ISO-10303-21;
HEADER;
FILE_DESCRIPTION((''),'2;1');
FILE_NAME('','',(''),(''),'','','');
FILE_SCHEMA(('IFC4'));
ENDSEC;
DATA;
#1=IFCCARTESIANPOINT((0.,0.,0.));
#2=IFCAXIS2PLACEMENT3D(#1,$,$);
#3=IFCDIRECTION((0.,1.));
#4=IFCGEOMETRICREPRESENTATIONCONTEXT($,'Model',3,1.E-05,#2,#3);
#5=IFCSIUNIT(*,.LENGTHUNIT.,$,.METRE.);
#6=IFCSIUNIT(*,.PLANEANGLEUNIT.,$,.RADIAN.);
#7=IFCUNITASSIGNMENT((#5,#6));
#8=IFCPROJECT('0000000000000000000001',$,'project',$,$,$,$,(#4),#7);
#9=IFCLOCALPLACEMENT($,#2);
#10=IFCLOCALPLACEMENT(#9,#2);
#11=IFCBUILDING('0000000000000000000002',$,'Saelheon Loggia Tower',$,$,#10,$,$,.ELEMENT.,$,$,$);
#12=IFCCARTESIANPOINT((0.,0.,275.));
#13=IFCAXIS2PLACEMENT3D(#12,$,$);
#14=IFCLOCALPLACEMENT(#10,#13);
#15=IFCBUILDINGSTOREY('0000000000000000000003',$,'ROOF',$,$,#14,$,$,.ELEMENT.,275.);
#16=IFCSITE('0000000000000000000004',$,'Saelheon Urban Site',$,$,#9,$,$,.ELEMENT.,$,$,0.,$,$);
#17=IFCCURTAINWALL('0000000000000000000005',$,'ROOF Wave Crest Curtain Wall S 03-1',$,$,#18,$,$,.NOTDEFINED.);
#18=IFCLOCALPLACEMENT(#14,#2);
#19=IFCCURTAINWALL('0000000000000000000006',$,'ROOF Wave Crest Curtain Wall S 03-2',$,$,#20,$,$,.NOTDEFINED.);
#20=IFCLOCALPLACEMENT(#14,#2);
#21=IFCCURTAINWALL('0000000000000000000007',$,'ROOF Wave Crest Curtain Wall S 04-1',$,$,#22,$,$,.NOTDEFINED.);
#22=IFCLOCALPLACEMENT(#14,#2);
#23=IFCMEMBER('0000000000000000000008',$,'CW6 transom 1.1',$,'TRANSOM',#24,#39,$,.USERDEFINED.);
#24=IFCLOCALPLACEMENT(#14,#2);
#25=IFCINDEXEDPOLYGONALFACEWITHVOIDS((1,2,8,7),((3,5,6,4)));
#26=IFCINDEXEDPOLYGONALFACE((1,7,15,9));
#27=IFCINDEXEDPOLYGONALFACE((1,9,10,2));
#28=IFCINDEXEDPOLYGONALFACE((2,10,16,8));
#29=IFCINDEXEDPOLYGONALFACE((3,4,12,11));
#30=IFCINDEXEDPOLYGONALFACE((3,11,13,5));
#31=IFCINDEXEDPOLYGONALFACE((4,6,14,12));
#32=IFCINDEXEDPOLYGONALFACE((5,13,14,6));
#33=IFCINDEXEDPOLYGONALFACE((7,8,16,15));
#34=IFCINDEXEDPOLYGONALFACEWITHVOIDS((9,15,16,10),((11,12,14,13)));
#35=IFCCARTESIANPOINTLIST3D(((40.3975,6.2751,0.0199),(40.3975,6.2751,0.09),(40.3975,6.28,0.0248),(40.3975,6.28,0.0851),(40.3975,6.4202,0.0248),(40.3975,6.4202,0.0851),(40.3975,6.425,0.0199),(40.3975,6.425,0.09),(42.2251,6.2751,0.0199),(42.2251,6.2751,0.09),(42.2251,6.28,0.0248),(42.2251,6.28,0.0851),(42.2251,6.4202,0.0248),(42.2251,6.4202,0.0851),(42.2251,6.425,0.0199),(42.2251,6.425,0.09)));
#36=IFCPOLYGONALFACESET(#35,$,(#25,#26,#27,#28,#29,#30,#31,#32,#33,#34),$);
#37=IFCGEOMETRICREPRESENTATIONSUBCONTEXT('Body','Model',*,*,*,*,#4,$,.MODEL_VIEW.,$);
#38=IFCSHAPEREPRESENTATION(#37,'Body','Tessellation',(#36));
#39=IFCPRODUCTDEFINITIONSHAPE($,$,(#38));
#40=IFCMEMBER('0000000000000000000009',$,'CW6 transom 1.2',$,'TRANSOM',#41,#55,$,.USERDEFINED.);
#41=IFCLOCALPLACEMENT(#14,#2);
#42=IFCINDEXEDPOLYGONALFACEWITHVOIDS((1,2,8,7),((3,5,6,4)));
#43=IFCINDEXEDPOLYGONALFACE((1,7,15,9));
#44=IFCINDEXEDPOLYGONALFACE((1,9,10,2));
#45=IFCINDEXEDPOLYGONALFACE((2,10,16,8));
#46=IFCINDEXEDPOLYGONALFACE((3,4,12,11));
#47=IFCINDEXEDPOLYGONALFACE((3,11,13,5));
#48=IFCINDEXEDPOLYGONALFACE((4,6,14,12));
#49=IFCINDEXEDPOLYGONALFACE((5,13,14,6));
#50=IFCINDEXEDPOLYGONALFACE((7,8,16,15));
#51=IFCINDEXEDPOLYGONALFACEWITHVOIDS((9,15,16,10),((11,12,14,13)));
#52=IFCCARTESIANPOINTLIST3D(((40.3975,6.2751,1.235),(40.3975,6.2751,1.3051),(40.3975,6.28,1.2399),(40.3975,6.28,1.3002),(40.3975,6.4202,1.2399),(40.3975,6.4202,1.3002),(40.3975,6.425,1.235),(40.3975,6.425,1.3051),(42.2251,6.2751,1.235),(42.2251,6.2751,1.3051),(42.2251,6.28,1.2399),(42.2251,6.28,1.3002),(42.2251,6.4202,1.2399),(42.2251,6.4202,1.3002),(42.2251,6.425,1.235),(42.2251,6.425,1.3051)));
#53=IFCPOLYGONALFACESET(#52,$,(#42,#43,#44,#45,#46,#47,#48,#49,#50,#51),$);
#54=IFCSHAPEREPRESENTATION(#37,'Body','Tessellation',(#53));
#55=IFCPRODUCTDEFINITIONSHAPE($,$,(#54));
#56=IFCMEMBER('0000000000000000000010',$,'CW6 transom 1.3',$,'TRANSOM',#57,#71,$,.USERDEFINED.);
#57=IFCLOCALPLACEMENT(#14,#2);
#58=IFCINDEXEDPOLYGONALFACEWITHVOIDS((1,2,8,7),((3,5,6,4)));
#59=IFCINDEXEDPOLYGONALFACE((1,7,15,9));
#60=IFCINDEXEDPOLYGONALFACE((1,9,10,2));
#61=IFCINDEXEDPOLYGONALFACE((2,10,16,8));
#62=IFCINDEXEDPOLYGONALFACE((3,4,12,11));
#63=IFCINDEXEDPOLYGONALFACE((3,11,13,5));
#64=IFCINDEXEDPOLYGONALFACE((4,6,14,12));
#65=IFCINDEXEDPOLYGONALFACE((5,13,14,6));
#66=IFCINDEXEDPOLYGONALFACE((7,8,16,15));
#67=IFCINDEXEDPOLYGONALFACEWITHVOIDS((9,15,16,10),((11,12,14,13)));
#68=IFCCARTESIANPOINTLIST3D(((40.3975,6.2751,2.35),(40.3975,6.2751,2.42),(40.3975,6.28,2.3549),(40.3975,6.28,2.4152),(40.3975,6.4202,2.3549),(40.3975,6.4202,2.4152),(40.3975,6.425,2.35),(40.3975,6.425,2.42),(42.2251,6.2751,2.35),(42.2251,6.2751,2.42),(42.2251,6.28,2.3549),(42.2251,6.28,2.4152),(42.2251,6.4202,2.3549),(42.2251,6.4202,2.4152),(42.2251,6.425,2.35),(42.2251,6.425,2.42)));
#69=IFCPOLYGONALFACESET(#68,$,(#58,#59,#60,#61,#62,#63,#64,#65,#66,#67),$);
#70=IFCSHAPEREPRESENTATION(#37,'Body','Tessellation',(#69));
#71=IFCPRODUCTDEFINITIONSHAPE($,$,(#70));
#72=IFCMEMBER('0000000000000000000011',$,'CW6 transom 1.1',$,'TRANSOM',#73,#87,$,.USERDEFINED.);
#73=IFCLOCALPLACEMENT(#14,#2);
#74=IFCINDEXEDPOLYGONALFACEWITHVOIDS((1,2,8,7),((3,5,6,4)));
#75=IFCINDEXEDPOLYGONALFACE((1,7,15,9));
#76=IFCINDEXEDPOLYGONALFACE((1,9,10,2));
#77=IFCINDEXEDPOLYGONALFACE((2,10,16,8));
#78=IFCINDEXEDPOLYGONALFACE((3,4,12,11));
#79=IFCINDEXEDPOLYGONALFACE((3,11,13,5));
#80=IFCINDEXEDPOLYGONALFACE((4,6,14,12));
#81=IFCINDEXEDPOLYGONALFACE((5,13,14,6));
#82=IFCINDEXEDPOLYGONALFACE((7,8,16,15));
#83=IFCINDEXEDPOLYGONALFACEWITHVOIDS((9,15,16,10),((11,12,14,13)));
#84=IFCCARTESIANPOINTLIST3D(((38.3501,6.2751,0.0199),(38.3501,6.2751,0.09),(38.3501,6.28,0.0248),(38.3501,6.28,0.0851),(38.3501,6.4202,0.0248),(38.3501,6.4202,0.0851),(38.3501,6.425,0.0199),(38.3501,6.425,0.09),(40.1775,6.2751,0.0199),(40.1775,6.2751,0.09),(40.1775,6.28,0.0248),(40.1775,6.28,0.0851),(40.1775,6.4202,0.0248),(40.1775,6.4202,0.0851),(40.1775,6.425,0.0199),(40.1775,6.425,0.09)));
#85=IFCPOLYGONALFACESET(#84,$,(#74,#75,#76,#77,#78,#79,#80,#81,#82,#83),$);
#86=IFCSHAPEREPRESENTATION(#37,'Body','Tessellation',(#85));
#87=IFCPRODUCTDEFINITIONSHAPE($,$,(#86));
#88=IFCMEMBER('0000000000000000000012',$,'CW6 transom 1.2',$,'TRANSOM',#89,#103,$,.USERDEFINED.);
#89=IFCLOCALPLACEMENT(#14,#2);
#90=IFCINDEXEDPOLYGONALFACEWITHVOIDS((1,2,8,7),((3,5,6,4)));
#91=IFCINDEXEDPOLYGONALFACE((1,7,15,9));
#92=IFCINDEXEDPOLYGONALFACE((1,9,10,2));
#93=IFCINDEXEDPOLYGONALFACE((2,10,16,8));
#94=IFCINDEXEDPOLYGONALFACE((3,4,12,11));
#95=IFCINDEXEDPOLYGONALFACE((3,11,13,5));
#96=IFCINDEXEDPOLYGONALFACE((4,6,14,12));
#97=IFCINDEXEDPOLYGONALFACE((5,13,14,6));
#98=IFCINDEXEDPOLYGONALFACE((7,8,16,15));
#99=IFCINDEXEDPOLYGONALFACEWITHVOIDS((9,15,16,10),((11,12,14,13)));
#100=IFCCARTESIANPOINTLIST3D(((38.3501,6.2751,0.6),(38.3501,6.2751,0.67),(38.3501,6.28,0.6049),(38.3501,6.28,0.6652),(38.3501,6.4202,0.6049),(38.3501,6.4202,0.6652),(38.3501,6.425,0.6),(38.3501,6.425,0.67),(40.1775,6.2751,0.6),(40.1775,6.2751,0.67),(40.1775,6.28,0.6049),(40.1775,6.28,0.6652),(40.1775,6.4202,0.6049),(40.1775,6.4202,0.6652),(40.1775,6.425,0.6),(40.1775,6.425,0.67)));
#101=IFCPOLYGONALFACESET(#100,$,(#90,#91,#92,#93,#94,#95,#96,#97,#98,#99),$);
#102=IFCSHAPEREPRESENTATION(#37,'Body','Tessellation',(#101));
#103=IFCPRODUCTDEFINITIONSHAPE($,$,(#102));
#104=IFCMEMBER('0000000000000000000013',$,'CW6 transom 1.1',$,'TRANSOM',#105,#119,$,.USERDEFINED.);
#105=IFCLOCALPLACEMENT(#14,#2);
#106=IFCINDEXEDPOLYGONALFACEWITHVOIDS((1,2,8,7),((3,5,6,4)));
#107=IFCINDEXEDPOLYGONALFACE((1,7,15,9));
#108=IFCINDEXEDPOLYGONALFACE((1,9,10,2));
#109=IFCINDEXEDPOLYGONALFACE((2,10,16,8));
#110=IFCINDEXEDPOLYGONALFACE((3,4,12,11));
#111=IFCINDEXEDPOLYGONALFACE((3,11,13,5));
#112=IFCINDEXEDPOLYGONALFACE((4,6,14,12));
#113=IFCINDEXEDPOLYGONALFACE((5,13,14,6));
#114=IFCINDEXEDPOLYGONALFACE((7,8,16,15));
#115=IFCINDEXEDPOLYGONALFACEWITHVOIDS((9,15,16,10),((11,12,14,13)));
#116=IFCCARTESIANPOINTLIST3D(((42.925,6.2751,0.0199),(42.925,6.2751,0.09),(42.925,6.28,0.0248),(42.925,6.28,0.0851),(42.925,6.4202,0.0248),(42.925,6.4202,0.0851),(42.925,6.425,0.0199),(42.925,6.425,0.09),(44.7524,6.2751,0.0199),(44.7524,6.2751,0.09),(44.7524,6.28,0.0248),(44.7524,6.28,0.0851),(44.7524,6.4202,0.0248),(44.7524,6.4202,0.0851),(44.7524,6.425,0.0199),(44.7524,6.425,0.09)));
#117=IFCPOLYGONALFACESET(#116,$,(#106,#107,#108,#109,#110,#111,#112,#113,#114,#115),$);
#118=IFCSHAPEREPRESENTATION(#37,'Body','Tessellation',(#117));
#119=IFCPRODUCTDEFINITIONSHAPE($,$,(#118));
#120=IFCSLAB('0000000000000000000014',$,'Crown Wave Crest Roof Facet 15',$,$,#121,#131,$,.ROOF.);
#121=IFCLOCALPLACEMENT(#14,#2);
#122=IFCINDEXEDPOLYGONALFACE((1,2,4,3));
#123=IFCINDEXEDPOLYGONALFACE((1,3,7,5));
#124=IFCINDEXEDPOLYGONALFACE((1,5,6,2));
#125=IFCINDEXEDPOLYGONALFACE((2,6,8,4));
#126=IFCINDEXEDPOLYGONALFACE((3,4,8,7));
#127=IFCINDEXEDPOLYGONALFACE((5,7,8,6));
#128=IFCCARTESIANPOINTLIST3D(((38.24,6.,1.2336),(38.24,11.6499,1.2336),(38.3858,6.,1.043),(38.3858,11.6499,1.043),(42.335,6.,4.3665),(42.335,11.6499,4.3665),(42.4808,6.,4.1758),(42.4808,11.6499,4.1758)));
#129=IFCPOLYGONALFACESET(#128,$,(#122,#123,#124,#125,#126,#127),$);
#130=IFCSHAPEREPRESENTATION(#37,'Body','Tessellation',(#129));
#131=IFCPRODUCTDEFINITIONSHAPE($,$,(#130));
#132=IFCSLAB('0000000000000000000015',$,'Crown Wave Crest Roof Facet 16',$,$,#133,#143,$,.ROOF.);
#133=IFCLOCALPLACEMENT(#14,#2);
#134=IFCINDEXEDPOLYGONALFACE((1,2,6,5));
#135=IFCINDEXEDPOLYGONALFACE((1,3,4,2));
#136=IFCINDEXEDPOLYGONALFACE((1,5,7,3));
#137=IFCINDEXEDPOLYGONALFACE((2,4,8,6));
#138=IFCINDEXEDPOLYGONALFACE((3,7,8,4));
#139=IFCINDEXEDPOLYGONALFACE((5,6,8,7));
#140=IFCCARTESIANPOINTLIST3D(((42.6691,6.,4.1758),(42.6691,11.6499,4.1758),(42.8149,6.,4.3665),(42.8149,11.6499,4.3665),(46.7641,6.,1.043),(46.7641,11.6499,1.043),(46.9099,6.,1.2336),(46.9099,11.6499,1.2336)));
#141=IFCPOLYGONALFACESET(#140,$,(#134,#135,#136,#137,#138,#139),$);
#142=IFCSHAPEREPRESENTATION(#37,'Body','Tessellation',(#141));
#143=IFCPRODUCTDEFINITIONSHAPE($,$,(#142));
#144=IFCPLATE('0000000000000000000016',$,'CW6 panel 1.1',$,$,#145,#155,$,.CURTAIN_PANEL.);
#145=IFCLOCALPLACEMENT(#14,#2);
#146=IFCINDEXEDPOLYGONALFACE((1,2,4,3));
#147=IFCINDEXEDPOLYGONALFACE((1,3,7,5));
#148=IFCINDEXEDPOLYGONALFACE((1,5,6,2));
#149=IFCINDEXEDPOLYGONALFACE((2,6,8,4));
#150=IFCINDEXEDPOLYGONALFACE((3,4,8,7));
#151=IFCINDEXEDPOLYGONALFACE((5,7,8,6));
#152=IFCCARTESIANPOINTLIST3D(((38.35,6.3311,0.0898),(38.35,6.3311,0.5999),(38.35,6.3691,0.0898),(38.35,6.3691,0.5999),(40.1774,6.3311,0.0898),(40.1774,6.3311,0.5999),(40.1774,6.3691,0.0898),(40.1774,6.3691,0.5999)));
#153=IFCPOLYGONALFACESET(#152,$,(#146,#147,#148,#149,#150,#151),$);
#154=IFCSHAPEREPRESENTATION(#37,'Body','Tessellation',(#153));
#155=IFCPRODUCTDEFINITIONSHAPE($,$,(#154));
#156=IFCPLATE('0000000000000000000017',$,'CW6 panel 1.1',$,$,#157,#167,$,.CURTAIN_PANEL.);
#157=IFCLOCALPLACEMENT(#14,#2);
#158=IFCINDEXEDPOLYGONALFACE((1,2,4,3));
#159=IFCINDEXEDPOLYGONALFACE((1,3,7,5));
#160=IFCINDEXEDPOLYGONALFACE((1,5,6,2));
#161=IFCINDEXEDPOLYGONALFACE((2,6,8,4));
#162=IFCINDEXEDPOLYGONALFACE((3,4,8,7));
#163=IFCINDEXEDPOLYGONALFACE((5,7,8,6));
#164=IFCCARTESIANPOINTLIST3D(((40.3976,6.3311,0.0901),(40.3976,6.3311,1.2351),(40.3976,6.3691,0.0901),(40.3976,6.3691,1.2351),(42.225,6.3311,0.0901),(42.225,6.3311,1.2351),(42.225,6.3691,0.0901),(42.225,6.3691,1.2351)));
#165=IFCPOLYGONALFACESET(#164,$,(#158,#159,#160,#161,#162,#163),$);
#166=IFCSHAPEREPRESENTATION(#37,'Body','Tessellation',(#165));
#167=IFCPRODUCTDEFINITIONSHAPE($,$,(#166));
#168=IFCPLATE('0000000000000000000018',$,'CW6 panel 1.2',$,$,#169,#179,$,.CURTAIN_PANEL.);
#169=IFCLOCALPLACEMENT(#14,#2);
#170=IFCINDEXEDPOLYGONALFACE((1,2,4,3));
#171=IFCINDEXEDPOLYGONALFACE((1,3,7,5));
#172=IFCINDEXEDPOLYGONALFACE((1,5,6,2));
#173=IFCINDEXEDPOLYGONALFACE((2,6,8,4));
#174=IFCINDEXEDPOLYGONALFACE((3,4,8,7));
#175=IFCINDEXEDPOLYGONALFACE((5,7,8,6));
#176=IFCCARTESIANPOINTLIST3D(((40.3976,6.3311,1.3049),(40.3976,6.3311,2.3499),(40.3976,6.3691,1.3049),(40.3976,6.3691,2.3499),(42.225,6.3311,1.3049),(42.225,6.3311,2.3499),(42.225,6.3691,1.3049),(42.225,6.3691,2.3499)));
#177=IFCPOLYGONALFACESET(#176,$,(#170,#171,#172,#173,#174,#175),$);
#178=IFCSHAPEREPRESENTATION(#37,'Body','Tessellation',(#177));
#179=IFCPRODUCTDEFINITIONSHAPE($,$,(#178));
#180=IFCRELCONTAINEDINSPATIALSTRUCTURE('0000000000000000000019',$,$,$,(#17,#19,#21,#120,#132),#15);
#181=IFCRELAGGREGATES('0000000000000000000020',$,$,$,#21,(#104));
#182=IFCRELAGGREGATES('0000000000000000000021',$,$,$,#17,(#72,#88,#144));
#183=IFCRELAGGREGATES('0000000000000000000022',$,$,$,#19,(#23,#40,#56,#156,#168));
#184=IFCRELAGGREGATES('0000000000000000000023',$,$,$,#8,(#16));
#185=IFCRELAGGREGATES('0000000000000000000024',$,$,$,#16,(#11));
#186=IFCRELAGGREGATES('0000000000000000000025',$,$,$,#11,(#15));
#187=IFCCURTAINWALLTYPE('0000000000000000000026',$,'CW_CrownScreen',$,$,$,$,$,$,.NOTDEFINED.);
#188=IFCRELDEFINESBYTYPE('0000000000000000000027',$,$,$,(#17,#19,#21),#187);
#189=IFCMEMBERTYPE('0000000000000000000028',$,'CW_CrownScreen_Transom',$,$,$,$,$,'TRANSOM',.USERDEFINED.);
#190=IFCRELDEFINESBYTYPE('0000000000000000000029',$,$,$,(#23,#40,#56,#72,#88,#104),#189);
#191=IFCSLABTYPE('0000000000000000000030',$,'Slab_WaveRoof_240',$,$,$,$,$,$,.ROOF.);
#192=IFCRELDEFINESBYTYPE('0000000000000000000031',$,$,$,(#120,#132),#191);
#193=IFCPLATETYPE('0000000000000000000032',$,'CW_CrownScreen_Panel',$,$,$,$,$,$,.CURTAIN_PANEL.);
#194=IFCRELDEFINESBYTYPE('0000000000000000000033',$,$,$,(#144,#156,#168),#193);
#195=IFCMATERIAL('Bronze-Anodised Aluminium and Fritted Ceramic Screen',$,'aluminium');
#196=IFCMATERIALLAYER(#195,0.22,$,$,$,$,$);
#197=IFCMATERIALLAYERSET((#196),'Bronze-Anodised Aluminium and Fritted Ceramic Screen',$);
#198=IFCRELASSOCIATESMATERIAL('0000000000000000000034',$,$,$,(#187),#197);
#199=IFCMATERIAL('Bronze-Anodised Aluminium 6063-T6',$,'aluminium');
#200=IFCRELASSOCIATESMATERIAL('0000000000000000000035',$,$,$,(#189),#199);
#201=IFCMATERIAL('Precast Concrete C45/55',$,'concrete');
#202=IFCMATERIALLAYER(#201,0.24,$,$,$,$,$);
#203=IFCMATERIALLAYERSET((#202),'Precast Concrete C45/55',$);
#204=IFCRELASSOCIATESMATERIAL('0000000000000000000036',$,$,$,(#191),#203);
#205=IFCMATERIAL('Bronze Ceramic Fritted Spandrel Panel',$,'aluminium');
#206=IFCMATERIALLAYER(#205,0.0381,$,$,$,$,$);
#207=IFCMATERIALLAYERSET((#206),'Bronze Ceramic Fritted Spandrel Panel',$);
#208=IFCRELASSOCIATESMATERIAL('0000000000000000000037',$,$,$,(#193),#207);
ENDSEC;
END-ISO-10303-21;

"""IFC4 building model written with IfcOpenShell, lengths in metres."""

from ifc_helpers import new_model, si_unit, direction, frame, origin, origin_2d, place, context, subcontext, project, spatial, polyline, rectangle, hollow_rectangle, outline, extrude, source, transform, mapped, material, layer, layer_set, material_profile, profile_set, type_object, element, aggregate, save


model = new_model("IFC4")

# Units and contexts
model_context = context("Model", 3, precision=1e-05, world=origin(), true_north=direction((0.0, 1.0)))
body_context = subcontext(model_context, "Body", "Model", "MODEL_VIEW")
ifc_project = project(units=[si_unit("LENGTHUNIT", "METRE"), si_unit("PLANEANGLEUNIT", "RADIAN")], contexts=[model_context])

# Site, building, storey
site_placement = place(None, origin())
site = spatial("IfcSite", under=ifc_project, at=site_placement, Name="Saelheon Urban Site", CompositionType="ELEMENT", RefElevation=0.0)
building_placement = place(site_placement, origin())
building = spatial("IfcBuilding", under=site, at=building_placement, Name="Saelheon Loggia Tower", CompositionType="ELEMENT")
storey_placement = place(building_placement, frame((0.0, 0.0, 275.0)))
storey = spatial("IfcBuildingStorey", under=building, at=storey_placement, Name="ROOF", CompositionType="ELEMENT", Elevation=275.0)

# Curtain walls
ifc_material_1 = material(Name="Bronze-Anodised Aluminium and Fritted Ceramic Screen", Category="aluminium")
ifc_layer_1 = layer(ifc_material_1, 0.22)
ifc_layer_set_1 = layer_set([ifc_layer_1], Name="Bronze-Anodised Aluminium and Fritted Ceramic Screen")
curtain_wall_type = type_object("IfcCurtainWallType", Name="CW_CrownScreen", PredefinedType="NOTDEFINED", material=ifc_layer_set_1)
curtain_wall_1_placement = place(storey_placement, origin())
curtain_wall_1 = element("IfcCurtainWall", 1, at=curtain_wall_1_placement, inside=storey, type_object=curtain_wall_type, Name="ROOF Wave Crest Curtain Wall S 03-1", PredefinedType="NOTDEFINED")
ifc_material_2 = material(Name="Bronze-Anodised Aluminium 6063-T6", Category="aluminium")
curtain_wall_2_placement = place(storey_placement, origin())
curtain_wall_2 = element("IfcCurtainWall", 2, at=curtain_wall_2_placement, inside=storey, type_object=curtain_wall_type, Name="ROOF Wave Crest Curtain Wall S 03-2", PredefinedType="NOTDEFINED")

# Curtain wall
curtain_wall_3_placement = place(storey_placement, origin())
curtain_wall_3 = element("IfcCurtainWall", 3, at=curtain_wall_3_placement, inside=storey, type_object=curtain_wall_type, Name="ROOF Wave Crest Curtain Wall S 04-1", PredefinedType="NOTDEFINED")

# Members
ifc_material_profile_1 = material_profile(ifc_material_2, hollow_rectangle(XDim=0.0701, YDim=0.1499, WallThickness=0.0049, at=origin_2d()), Name="RHS-150x70x5")
ifc_profile_set_1 = profile_set([ifc_material_profile_1], Name="Bronze-Anodised Aluminium 6063-T6")
member_type_1 = type_object("IfcMemberType", Name="CW_CrownScreen_Transom", ElementType="TRANSOM", PredefinedType="USERDEFINED", material=ifc_profile_set_1)
shared_shape_1 = source(origin(), body_context, "Body", "SweptSolid", [
    extrude(hollow_rectangle(XDim=0.0701, YDim=0.1499, WallThickness=0.0049, at=origin_2d()), origin(), (0.0, 0.0, 1.0), 1.8276),
])
member_1_placement = place(storey_placement, frame((40.3975, 6.3501, 0.0549), z_axis=(1.0, 0.0, 0.0), x_axis=(0.0, 0.0, 1.0)))
member_1 = element("IfcMember", 4, at=member_1_placement, type_object=member_type_1, Name="CW6 transom 1.1", ObjectType="TRANSOM", PredefinedType="USERDEFINED", context=body_context, shape_type="MappedRepresentation", body=[
    mapped(shared_shape_1, transform((0.0, 0.0, 0.0), scale=1.0)),
])
member_2_placement = place(storey_placement, frame((40.3975, 6.3501, 1.27), z_axis=(1.0, 0.0, 0.0), x_axis=(0.0, 0.0, 1.0)))
member_2 = element("IfcMember", 5, at=member_2_placement, type_object=member_type_1, Name="CW6 transom 1.2", ObjectType="TRANSOM", PredefinedType="USERDEFINED", context=body_context, shape_type="MappedRepresentation", body=[
    mapped(shared_shape_1, transform((0.0, 0.0, 0.0), scale=1.0)),
])
member_3_placement = place(storey_placement, frame((40.3975, 6.3501, 2.385), z_axis=(1.0, 0.0, 0.0), x_axis=(0.0, 0.0, 1.0)))
member_3 = element("IfcMember", 6, at=member_3_placement, type_object=member_type_1, Name="CW6 transom 1.3", ObjectType="TRANSOM", PredefinedType="USERDEFINED", context=body_context, shape_type="MappedRepresentation", body=[
    mapped(shared_shape_1, transform((0.0, 0.0, 0.0), scale=1.0)),
])
shared_shape_2 = source(origin(), body_context, "Body", "SweptSolid", [
    extrude(hollow_rectangle(XDim=0.0701, YDim=0.1499, WallThickness=0.0049, at=origin_2d()), origin(), (0.0, 0.0, 1.0), 1.8274),
])
member_4_placement = place(storey_placement, frame((38.3501, 6.3501, 0.0549), z_axis=(1.0, 0.0, 0.0), x_axis=(0.0, 0.0, 1.0)))
member_4 = element("IfcMember", 7, at=member_4_placement, type_object=member_type_1, Name="CW6 transom 1.1", ObjectType="TRANSOM", PredefinedType="USERDEFINED", context=body_context, shape_type="MappedRepresentation", body=[
    mapped(shared_shape_2, transform((0.0, 0.0, 0.0), scale=1.0)),
])
member_5_placement = place(storey_placement, frame((38.3501, 6.3501, 0.635), z_axis=(1.0, 0.0, 0.0), x_axis=(0.0, 0.0, 1.0)))
member_5 = element("IfcMember", 8, at=member_5_placement, type_object=member_type_1, Name="CW6 transom 1.2", ObjectType="TRANSOM", PredefinedType="USERDEFINED", context=body_context, shape_type="MappedRepresentation", body=[
    mapped(shared_shape_2, transform((0.0, 0.0, 0.0), scale=1.0)),
])
member_6_placement = place(storey_placement, frame((42.925, 6.3501, 0.0549), z_axis=(1.0, 0.0, 0.0), x_axis=(0.0, 0.0, 1.0)))
member_6 = element("IfcMember", 9, at=member_6_placement, type_object=member_type_1, Name="CW6 transom 1.1", ObjectType="TRANSOM", PredefinedType="USERDEFINED", context=body_context, shape_type="MappedRepresentation", body=[
    mapped(shared_shape_2, transform((0.0, 0.0, 0.0), scale=1.0)),
])
aggregate(curtain_wall_3, [member_6])

# Slabs
ifc_material_3 = material(Name="Precast Concrete C45/55", Category="concrete")
ifc_layer_2 = layer(ifc_material_3, 0.24)
ifc_layer_set_2 = layer_set([ifc_layer_2], Name="Precast Concrete C45/55")
slab_type = type_object("IfcSlabType", Name="Slab_WaveRoof_240", PredefinedType="ROOF", material=ifc_layer_set_2)
for number, where, z_axis, x_axis, name in (
    (10, (38.24, 6.0, 1.2336), (-0.607617, 0.0, 0.79423), (0.0, 1.0, 0.0), "Crown Wave Crest Roof Facet 15"),
    (11, (42.8149, 6.0, 4.3665), (0.607617, 0.0, 0.79423), (0.0, 1.0, 0.0), "Crown Wave Crest Roof Facet 16"),
):
    element("IfcSlab", number, at=place(storey_placement, frame(where, z_axis=z_axis, x_axis=x_axis)), inside=storey, type_object=slab_type, Name=name, PredefinedType="ROOF", context=body_context, shape_type="SweptSolid", body=[
        extrude(outline(polyline([(0.0, 0.0), (5.6499, 0.0), (5.6499, -5.1559), (0.0, -5.1559), (0.0, 0.0)])), origin(), (0.0, 0.0, -1.0), 0.24),
    ])

# Plates
ifc_material_4 = material(Name="Bronze Ceramic Fritted Spandrel Panel", Category="aluminium")
ifc_layer_3 = layer(ifc_material_4, 0.0381)
ifc_layer_set_3 = layer_set([ifc_layer_3], Name="Bronze Ceramic Fritted Spandrel Panel")
plate_type = type_object("IfcPlateType", Name="CW_CrownScreen_Panel", PredefinedType="CURTAIN_PANEL", material=ifc_layer_set_3)
shared_shape_3 = source(origin(), body_context, "Body", "SweptSolid", [
    extrude(rectangle(XDim=1.8274, YDim=0.0381, at=origin_2d()), origin(), (0.0, 0.0, 1.0), 0.51),
])
plate_1_placement = place(storey_placement, frame((39.2637, 6.3501, 0.0898), z_axis=(0.0, 0.0, 1.0), x_axis=(1.0, 0.0, 0.0)))
plate_1 = element("IfcPlate", 12, at=plate_1_placement, type_object=plate_type, Name="CW6 panel 1.1", PredefinedType="CURTAIN_PANEL", context=body_context, shape_type="MappedRepresentation", body=[
    mapped(shared_shape_3, transform((0.0, 0.0, 0.0), scale=1.0)),
])
aggregate(curtain_wall_1, [member_4, member_5, plate_1])
shared_shape_4 = source(origin(), body_context, "Body", "SweptSolid", [
    extrude(rectangle(XDim=1.8274, YDim=0.0381, at=origin_2d()), origin(), (0.0, 0.0, 1.0), 1.145),
])
plate_2_placement = place(storey_placement, frame((41.3113, 6.3501, 0.0901), z_axis=(0.0, 0.0, 1.0), x_axis=(1.0, 0.0, 0.0)))
plate_2 = element("IfcPlate", 13, at=plate_2_placement, type_object=plate_type, Name="CW6 panel 1.1", PredefinedType="CURTAIN_PANEL", context=body_context, shape_type="MappedRepresentation", body=[
    mapped(shared_shape_4, transform((0.0, 0.0, 0.0), scale=1.0)),
])
shared_shape_5 = source(origin(), body_context, "Body", "SweptSolid", [
    extrude(rectangle(XDim=1.8274, YDim=0.0381, at=origin_2d()), origin(), (0.0, 0.0, 1.0), 1.0449),
])
plate_3_placement = place(storey_placement, frame((41.3113, 6.3501, 1.3049), z_axis=(0.0, 0.0, 1.0), x_axis=(1.0, 0.0, 0.0)))
plate_3 = element("IfcPlate", 14, at=plate_3_placement, type_object=plate_type, Name="CW6 panel 1.2", PredefinedType="CURTAIN_PANEL", context=body_context, shape_type="MappedRepresentation", body=[
    mapped(shared_shape_5, transform((0.0, 0.0, 0.0), scale=1.0)),
])
aggregate(curtain_wall_2, [member_1, member_2, member_3, plate_2, plate_3])

save(model, "model.ifc")
